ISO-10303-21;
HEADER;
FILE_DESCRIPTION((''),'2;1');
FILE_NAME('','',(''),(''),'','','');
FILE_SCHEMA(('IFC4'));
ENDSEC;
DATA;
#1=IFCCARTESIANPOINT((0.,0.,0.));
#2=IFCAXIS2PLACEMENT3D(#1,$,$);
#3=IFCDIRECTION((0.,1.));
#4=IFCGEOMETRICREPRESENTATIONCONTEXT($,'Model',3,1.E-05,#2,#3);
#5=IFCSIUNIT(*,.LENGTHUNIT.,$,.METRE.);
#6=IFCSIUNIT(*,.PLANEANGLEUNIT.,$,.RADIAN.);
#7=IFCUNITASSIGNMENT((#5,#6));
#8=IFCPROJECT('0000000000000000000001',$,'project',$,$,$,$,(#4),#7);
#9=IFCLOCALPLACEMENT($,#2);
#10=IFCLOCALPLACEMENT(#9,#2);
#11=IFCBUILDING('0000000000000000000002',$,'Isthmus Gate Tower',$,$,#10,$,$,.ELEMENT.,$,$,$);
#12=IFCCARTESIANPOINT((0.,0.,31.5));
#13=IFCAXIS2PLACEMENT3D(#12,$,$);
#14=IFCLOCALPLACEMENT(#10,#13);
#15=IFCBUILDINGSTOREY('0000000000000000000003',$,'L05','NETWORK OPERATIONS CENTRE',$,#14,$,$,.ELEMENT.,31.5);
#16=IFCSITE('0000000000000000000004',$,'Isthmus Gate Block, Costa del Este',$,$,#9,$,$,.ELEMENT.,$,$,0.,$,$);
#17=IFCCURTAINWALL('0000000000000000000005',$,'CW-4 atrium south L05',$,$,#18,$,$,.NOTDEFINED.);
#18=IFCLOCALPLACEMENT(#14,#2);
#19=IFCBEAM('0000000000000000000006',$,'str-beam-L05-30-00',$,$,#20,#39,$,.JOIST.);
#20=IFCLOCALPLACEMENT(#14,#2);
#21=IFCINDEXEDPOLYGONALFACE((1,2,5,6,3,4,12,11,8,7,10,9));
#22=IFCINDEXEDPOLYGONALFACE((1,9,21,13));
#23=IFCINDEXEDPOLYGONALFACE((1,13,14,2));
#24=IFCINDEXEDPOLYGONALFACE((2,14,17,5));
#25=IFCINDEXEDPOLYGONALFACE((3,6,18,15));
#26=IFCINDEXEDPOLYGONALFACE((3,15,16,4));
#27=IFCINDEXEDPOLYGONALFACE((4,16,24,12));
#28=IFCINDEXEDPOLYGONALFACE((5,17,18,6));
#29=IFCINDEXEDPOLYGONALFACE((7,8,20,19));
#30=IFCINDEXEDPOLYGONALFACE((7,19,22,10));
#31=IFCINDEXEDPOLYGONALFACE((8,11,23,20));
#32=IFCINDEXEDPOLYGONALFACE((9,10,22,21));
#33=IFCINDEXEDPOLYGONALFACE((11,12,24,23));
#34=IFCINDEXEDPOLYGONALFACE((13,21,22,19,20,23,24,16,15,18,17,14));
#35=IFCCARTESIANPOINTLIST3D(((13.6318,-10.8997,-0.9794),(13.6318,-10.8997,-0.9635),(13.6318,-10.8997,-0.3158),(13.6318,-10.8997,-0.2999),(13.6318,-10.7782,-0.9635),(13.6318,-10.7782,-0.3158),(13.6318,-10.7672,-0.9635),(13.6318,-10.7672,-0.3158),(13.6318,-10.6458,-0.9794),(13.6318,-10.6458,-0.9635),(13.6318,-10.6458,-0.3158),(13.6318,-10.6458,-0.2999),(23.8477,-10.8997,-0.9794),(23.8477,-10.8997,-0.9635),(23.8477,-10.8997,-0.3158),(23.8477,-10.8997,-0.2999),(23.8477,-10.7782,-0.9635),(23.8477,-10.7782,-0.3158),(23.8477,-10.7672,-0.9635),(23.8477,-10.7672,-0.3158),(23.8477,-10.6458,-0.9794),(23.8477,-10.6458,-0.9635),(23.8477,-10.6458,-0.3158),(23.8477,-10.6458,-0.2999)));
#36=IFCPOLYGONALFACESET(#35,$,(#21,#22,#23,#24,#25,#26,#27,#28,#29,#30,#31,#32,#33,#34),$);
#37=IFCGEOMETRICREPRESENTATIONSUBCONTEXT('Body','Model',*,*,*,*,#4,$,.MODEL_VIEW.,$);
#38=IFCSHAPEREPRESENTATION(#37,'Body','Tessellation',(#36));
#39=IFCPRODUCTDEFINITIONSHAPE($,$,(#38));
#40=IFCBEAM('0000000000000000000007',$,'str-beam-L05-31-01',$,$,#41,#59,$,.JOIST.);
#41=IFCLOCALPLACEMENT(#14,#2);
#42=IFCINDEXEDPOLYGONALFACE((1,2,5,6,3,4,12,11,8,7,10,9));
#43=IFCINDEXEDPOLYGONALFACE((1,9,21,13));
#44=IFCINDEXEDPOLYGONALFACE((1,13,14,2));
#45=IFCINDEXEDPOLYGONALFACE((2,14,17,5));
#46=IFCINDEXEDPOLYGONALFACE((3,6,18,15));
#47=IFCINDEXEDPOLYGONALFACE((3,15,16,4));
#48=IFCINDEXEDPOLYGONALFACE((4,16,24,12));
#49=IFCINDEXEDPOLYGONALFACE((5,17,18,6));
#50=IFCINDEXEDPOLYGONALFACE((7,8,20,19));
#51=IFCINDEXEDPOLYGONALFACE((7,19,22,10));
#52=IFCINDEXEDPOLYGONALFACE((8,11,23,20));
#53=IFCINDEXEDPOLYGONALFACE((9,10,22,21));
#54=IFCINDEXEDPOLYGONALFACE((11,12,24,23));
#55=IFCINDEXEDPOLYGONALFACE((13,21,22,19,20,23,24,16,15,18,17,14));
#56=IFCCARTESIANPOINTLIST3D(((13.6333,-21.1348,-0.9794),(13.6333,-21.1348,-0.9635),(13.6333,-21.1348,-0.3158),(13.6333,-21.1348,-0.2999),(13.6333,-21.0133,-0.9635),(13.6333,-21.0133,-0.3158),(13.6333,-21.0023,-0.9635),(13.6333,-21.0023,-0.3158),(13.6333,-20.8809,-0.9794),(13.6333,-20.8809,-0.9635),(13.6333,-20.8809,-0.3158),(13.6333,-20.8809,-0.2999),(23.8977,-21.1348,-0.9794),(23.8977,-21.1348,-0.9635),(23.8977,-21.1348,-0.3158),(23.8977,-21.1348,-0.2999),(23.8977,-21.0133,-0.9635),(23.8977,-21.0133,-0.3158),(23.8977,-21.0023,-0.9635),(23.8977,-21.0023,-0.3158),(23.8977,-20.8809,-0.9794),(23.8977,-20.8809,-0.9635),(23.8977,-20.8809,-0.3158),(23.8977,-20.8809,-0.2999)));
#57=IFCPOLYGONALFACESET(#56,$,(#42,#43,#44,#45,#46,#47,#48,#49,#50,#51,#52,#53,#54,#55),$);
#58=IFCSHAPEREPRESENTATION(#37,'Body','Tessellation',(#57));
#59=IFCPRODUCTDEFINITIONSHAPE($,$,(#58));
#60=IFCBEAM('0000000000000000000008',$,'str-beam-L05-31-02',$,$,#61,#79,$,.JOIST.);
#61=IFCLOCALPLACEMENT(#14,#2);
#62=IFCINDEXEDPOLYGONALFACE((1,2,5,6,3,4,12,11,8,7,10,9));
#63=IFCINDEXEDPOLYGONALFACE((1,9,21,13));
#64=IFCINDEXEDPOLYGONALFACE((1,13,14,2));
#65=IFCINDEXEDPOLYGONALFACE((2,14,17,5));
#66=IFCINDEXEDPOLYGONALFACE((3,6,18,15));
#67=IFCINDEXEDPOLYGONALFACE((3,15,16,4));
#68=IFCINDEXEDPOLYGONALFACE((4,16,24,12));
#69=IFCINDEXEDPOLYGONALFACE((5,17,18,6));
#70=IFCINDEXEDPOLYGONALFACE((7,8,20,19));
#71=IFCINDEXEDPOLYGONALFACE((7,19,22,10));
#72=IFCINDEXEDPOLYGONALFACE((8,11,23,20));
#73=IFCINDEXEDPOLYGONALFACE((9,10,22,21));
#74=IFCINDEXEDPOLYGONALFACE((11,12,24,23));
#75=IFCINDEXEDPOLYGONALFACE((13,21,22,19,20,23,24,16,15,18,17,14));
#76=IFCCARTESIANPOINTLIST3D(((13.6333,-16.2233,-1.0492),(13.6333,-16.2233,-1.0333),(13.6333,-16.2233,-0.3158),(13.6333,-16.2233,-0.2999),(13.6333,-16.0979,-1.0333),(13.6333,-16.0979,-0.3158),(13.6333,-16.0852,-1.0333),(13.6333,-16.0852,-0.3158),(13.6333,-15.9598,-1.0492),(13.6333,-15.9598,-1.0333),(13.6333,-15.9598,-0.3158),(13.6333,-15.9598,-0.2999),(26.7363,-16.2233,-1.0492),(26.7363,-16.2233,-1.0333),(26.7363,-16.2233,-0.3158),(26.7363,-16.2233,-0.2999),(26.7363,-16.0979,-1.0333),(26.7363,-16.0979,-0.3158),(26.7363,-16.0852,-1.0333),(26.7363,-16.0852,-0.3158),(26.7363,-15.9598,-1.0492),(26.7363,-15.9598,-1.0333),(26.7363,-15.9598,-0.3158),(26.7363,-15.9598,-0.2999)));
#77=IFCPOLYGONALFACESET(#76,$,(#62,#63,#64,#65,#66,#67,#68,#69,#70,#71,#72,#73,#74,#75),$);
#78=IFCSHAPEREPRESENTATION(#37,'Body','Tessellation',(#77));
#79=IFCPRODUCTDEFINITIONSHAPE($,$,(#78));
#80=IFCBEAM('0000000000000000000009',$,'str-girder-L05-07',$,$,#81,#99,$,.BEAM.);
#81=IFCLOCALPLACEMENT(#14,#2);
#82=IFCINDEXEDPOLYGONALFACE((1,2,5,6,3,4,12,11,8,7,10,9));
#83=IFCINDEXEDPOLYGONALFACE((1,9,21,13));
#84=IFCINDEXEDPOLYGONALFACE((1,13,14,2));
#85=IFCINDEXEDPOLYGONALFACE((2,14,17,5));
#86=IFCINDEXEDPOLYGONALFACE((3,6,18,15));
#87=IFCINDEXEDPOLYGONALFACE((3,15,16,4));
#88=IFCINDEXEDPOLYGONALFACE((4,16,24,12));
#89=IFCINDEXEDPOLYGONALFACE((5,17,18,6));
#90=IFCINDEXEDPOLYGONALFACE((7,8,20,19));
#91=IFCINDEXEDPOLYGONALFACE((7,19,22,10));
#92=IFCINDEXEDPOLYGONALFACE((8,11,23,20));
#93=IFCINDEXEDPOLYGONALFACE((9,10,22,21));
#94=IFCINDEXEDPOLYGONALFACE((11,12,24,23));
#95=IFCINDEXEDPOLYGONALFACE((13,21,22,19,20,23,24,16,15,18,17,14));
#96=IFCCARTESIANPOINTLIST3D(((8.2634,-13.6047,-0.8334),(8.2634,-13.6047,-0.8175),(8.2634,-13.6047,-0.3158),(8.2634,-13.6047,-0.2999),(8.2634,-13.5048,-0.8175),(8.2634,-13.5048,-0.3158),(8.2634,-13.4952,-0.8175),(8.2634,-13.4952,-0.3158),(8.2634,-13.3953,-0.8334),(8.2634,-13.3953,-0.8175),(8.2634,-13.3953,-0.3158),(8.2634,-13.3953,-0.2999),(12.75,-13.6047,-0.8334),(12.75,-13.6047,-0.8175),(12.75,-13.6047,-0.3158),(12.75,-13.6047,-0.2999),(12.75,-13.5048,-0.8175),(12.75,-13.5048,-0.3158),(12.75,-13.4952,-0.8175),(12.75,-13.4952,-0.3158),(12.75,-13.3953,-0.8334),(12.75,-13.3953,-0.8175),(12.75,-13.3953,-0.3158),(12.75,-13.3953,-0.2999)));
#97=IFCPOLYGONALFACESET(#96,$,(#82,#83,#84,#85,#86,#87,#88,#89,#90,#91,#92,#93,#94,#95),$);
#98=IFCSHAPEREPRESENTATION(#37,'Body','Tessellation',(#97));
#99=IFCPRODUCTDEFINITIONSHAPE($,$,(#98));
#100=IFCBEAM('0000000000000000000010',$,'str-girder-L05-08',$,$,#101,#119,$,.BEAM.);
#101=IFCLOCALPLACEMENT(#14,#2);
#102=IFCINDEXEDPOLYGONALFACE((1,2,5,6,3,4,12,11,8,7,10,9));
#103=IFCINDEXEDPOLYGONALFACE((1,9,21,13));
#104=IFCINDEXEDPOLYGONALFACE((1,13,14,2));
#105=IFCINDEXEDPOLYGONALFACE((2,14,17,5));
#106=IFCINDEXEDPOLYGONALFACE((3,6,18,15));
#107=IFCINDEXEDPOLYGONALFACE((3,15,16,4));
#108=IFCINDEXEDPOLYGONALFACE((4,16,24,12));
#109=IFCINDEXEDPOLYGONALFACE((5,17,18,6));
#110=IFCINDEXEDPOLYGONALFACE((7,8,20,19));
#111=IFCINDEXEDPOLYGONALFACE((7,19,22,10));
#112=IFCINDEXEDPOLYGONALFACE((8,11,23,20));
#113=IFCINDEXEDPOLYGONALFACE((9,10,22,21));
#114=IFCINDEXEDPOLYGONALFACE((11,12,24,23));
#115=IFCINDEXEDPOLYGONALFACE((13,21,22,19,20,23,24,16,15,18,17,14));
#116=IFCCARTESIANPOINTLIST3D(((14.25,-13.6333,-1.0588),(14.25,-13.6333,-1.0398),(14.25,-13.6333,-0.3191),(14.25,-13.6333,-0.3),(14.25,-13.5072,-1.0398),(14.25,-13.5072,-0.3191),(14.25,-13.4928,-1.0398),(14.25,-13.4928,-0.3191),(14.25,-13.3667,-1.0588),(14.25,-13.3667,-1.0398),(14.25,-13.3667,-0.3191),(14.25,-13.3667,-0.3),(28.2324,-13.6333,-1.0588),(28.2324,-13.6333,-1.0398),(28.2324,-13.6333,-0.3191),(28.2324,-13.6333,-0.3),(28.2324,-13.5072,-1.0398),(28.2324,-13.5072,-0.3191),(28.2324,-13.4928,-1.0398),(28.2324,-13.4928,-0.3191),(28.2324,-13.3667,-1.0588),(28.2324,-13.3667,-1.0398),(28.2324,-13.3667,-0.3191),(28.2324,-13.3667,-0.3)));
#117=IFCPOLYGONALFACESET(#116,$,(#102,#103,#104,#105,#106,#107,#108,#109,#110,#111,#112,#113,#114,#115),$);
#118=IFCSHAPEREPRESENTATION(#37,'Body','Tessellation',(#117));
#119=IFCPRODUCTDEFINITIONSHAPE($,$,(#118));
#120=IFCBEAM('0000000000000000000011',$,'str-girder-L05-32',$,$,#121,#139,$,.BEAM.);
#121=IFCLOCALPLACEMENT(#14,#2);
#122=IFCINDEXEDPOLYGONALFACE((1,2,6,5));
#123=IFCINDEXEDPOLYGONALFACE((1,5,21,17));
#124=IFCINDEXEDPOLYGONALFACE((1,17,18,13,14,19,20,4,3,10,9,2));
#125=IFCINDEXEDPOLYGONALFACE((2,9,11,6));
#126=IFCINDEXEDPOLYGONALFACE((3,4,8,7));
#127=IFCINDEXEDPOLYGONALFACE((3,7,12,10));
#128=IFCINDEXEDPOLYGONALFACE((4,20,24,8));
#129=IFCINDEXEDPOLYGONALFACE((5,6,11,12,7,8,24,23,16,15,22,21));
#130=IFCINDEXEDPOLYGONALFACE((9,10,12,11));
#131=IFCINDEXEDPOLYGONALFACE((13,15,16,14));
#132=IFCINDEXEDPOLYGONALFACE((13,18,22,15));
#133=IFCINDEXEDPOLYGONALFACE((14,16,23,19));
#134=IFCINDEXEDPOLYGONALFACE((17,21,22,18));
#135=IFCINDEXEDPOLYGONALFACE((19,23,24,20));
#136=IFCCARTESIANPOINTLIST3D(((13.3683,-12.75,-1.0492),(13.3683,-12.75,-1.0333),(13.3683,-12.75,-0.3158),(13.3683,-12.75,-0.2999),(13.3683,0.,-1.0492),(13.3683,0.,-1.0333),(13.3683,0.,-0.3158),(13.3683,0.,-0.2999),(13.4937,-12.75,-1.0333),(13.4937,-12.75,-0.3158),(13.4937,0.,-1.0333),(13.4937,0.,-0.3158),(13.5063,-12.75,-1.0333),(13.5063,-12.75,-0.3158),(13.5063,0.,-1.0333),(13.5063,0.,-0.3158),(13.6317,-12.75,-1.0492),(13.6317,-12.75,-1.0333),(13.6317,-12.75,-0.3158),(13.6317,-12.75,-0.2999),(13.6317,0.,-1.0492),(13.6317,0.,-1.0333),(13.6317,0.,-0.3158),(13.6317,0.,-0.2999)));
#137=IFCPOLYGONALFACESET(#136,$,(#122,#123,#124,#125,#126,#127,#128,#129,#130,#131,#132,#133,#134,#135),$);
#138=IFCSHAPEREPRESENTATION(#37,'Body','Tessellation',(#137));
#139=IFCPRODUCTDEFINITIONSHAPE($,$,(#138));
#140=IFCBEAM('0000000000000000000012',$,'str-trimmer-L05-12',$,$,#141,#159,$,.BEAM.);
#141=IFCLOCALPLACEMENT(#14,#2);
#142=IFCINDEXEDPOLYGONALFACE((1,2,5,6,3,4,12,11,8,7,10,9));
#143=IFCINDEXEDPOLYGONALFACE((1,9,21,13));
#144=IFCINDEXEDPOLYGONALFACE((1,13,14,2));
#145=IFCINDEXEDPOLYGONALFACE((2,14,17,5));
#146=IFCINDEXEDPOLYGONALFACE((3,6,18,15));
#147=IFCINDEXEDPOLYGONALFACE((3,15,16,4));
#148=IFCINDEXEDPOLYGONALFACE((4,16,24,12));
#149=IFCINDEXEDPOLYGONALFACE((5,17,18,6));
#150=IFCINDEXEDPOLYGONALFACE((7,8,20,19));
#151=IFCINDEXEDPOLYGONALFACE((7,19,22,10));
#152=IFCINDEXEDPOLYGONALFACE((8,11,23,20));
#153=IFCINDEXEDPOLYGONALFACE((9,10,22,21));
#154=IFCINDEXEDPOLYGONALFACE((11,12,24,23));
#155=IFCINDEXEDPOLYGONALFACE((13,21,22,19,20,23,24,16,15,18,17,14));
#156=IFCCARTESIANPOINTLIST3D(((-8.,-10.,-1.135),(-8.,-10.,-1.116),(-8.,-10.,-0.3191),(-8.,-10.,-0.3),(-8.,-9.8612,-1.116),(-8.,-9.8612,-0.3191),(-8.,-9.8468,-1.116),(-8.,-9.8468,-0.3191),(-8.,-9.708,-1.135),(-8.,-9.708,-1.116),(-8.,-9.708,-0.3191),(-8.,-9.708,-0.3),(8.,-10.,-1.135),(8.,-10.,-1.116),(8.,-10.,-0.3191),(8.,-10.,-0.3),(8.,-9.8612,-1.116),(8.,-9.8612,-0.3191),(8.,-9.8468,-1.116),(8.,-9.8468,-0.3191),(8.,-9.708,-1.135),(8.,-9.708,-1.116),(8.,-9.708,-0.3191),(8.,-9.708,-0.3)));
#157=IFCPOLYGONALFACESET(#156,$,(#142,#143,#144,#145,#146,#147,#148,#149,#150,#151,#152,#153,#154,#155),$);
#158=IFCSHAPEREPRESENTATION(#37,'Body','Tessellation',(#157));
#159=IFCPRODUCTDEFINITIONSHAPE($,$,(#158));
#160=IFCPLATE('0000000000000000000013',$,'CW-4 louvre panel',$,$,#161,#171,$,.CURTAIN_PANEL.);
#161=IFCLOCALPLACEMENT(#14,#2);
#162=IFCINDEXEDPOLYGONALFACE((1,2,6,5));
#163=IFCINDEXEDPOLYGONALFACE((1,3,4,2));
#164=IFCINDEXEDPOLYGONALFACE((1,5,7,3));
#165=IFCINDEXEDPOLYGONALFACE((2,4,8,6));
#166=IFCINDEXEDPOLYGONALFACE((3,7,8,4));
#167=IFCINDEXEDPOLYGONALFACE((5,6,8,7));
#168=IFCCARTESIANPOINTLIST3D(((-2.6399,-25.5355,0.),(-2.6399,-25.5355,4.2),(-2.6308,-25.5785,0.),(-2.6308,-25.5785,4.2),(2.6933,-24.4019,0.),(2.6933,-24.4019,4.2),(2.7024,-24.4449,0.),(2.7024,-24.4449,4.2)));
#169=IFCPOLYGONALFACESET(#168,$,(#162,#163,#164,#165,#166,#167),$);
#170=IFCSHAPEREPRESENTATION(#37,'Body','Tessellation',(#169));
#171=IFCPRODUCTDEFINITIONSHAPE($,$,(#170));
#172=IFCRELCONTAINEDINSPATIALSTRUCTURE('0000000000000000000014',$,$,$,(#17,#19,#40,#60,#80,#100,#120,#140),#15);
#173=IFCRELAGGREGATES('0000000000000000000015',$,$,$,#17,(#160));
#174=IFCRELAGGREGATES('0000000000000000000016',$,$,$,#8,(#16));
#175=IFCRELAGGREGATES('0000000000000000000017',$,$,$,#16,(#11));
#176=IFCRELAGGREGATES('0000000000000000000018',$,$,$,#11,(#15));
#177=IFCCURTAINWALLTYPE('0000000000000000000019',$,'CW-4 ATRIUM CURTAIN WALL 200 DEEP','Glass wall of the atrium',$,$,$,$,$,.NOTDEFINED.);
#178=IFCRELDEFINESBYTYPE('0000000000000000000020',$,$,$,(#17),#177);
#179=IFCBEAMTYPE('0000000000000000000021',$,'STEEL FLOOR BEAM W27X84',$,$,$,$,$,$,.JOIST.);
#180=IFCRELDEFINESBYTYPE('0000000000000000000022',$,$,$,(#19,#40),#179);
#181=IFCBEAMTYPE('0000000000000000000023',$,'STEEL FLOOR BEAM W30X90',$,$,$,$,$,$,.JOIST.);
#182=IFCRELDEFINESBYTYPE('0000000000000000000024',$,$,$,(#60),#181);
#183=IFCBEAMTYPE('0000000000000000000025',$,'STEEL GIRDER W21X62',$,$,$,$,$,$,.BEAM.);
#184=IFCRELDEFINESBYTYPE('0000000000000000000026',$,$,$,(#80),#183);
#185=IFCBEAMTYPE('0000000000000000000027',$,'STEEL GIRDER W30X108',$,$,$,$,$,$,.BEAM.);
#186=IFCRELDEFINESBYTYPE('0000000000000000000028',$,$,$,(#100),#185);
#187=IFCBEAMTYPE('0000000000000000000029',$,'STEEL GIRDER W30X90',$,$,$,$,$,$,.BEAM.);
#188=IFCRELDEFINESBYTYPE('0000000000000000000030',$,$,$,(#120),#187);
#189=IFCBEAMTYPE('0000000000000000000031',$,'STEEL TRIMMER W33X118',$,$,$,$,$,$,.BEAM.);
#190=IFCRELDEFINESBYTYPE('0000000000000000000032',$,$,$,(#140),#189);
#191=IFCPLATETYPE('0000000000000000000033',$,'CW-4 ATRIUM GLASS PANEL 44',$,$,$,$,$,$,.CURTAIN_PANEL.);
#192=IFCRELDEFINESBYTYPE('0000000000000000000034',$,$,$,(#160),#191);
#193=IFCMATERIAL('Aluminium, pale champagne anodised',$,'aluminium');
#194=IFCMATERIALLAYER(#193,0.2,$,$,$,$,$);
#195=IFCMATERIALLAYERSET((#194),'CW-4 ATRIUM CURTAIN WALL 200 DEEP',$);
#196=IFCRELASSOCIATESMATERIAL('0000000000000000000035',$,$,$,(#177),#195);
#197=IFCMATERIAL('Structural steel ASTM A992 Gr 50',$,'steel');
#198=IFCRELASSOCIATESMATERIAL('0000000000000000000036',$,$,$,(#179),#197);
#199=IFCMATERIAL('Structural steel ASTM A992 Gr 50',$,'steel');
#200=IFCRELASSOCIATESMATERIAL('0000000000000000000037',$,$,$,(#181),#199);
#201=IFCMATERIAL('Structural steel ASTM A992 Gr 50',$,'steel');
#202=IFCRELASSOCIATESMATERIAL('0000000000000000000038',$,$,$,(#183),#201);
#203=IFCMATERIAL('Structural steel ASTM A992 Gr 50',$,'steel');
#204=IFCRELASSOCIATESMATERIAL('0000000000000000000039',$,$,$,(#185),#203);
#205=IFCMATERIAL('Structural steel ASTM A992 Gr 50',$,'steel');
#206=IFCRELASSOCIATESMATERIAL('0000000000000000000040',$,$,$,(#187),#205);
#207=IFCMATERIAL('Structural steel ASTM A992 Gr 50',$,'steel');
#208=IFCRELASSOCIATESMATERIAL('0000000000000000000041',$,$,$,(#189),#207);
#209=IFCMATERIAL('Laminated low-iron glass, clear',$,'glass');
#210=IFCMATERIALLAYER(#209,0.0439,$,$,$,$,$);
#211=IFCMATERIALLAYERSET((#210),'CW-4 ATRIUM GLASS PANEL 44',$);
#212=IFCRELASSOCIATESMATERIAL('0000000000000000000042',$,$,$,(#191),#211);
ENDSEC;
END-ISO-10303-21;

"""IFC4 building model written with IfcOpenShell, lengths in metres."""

from ifc_helpers import new_model, si_unit, direction, frame, origin, origin_2d, place, context, subcontext, project, spatial, rectangle, i_section, extrude, material, layer, layer_set, material_profile, profile_set, type_object, element, aggregate, save


model = new_model("IFC4")

# Units and contexts
model_context = context("Model", 3, precision=1e-05, world=origin(), true_north=direction((0.0, 1.0)))
body_context = subcontext(model_context, "Body", "Model", "MODEL_VIEW")
ifc_project = project(units=[si_unit("LENGTHUNIT", "METRE"), si_unit("PLANEANGLEUNIT", "RADIAN")], contexts=[model_context])

# Site, building, storey
site_placement = place(None, origin())
site = spatial("IfcSite", under=ifc_project, at=site_placement, Name="Isthmus Gate Block, Costa del Este", CompositionType="ELEMENT", RefElevation=0.0)
building_placement = place(site_placement, origin())
building = spatial("IfcBuilding", under=site, at=building_placement, Name="Isthmus Gate Tower", CompositionType="ELEMENT")
storey_placement = place(building_placement, frame((0.0, 0.0, 31.5)))
storey = spatial("IfcBuildingStorey", under=building, at=storey_placement, Name="L05", Description="NETWORK OPERATIONS CENTRE", CompositionType="ELEMENT", Elevation=31.5)

# Curtain wall
ifc_material_1 = material(Name="Aluminium, pale champagne anodised", Category="aluminium")
ifc_layer_1 = layer(ifc_material_1, 0.2)
ifc_layer_set_1 = layer_set([ifc_layer_1], Name="CW-4 ATRIUM CURTAIN WALL 200 DEEP")
curtain_wall_type = type_object("IfcCurtainWallType", Name="CW-4 ATRIUM CURTAIN WALL 200 DEEP", Description="Glass wall of the atrium", PredefinedType="NOTDEFINED", material=ifc_layer_set_1)
curtain_wall_placement = place(storey_placement, origin())
curtain_wall = element("IfcCurtainWall", 1, at=curtain_wall_placement, inside=storey, type_object=curtain_wall_type, Name="CW-4 atrium south L05", PredefinedType="NOTDEFINED")

# Beams
ifc_material_2 = material(Name="Structural steel ASTM A992 Gr 50", Category="steel")
ifc_material_profile_1 = material_profile(ifc_material_2, i_section(OverallWidth=0.2539, OverallDepth=0.6794, WebThickness=0.011, FlangeThickness=0.0159, at=origin_2d()), Name="W27X84")
ifc_profile_set_1 = profile_set([ifc_material_profile_1], Name="Structural steel ASTM A992 Gr 50")
beam_type_1 = type_object("IfcBeamType", Name="STEEL FLOOR BEAM W27X84", PredefinedType="JOIST", material=ifc_profile_set_1)
beam_1_placement = place(storey_placement, frame((13.6318, -10.7727, -0.6396), z_axis=(1.0, 0.0, 0.0), x_axis=(0.0, 1.0, 0.0)))
element("IfcBeam", 2, at=beam_1_placement, inside=storey, type_object=beam_type_1, Name="str-beam-L05-30-00", PredefinedType="JOIST", context=body_context, shape_type="SweptSolid", body=[
    extrude(i_section(OverallWidth=0.2539, OverallDepth=0.6794, WebThickness=0.011, FlangeThickness=0.0159, at=origin_2d()), origin(), (0.0, 0.0, 1.0), 10.2158),
])
beam_2_placement = place(storey_placement, frame((13.6333, -21.0078, -0.6396), z_axis=(1.0, 0.0, 0.0), x_axis=(0.0, 1.0, 0.0)))
element("IfcBeam", 3, at=beam_2_placement, inside=storey, type_object=beam_type_1, Name="str-beam-L05-31-01", PredefinedType="JOIST", context=body_context, shape_type="SweptSolid", body=[
    extrude(i_section(OverallWidth=0.2539, OverallDepth=0.6794, WebThickness=0.011, FlangeThickness=0.0159, at=origin_2d()), origin(), (0.0, 0.0, 1.0), 10.2644),
])
ifc_material_3 = material(Name="Structural steel ASTM A992 Gr 50", Category="steel")
ifc_material_profile_2 = material_profile(ifc_material_3, i_section(OverallWidth=0.2634, OverallDepth=0.7493, WebThickness=0.0127, FlangeThickness=0.0159, at=origin_2d()), Name="W30X90")
ifc_profile_set_2 = profile_set([ifc_material_profile_2], Name="Structural steel ASTM A992 Gr 50")
beam_type_2 = type_object("IfcBeamType", Name="STEEL FLOOR BEAM W30X90", PredefinedType="JOIST", material=ifc_profile_set_2)
beam_3_placement = place(storey_placement, frame((13.6333, -16.0916, -0.6746), z_axis=(1.0, 0.0, 0.0), x_axis=(0.0, 1.0, 0.0)))
element("IfcBeam", 4, at=beam_3_placement, inside=storey, type_object=beam_type_2, Name="str-beam-L05-31-02", PredefinedType="JOIST", context=body_context, shape_type="SweptSolid", body=[
    extrude(i_section(OverallWidth=0.2634, OverallDepth=0.7493, WebThickness=0.0127, FlangeThickness=0.0159, at=origin_2d()), origin(), (0.0, 0.0, 1.0), 13.103),
])
ifc_material_4 = material(Name="Structural steel ASTM A992 Gr 50", Category="steel")
ifc_material_profile_3 = material_profile(ifc_material_4, i_section(OverallWidth=0.2095, OverallDepth=0.5334, WebThickness=0.0095, FlangeThickness=0.0159, at=origin_2d()), Name="W21X62")
ifc_profile_set_3 = profile_set([ifc_material_profile_3], Name="Structural steel ASTM A992 Gr 50")
beam_type_3 = type_object("IfcBeamType", Name="STEEL GIRDER W21X62", PredefinedType="BEAM", material=ifc_profile_set_3)
beam_4_placement = place(storey_placement, frame((8.2634, -13.5, -0.5667), z_axis=(1.0, 0.0, 0.0), x_axis=(0.0, 1.0, 0.0)))
element("IfcBeam", 5, at=beam_4_placement, inside=storey, type_object=beam_type_3, Name="str-girder-L05-07", PredefinedType="BEAM", context=body_context, shape_type="SweptSolid", body=[
    extrude(i_section(OverallWidth=0.2095, OverallDepth=0.5334, WebThickness=0.0095, FlangeThickness=0.0159, at=origin_2d()), origin(), (0.0, 0.0, 1.0), 4.4866),
])
ifc_material_5 = material(Name="Structural steel ASTM A992 Gr 50", Category="steel")
ifc_material_profile_4 = material_profile(ifc_material_5, i_section(OverallWidth=0.2666, OverallDepth=0.7588, WebThickness=0.0144, FlangeThickness=0.019, at=origin_2d()), Name="W30X108")
ifc_profile_set_4 = profile_set([ifc_material_profile_4], Name="Structural steel ASTM A992 Gr 50")
beam_type_4 = type_object("IfcBeamType", Name="STEEL GIRDER W30X108", PredefinedType="BEAM", material=ifc_profile_set_4)
beam_5_placement = place(storey_placement, frame((14.25, -13.5, -0.6794), z_axis=(1.0, 0.0, 0.0), x_axis=(0.0, 1.0, 0.0)))
element("IfcBeam", 6, at=beam_5_placement, inside=storey, type_object=beam_type_4, Name="str-girder-L05-08", PredefinedType="BEAM", context=body_context, shape_type="SweptSolid", body=[
    extrude(i_section(OverallWidth=0.2666, OverallDepth=0.7588, WebThickness=0.0144, FlangeThickness=0.019, at=origin_2d()), origin(), (0.0, 0.0, 1.0), 13.9824),
])
ifc_material_6 = material(Name="Structural steel ASTM A992 Gr 50", Category="steel")
ifc_material_profile_5 = material_profile(ifc_material_6, i_section(OverallWidth=0.2634, OverallDepth=0.7493, WebThickness=0.0127, FlangeThickness=0.0159, at=origin_2d()), Name="W30X90")
ifc_profile_set_5 = profile_set([ifc_material_profile_5], Name="Structural steel ASTM A992 Gr 50")
beam_type_5 = type_object("IfcBeamType", Name="STEEL GIRDER W30X90", PredefinedType="BEAM", material=ifc_profile_set_5)
beam_6_placement = place(storey_placement, frame((13.5, -12.75, -0.6746), z_axis=(0.0, 1.0, 0.0), x_axis=(-1.0, 0.0, 0.0)))
element("IfcBeam", 7, at=beam_6_placement, inside=storey, type_object=beam_type_5, Name="str-girder-L05-32", PredefinedType="BEAM", context=body_context, shape_type="SweptSolid", body=[
    extrude(i_section(OverallWidth=0.2634, OverallDepth=0.7493, WebThickness=0.0127, FlangeThickness=0.0159, at=origin_2d()), origin(), (0.0, 0.0, 1.0), 12.75),
])
ifc_material_7 = material(Name="Structural steel ASTM A992 Gr 50", Category="steel")
ifc_material_profile_6 = material_profile(ifc_material_7, i_section(OverallWidth=0.292, OverallDepth=0.835, WebThickness=0.0144, FlangeThickness=0.019, at=origin_2d()), Name="W33X118")
ifc_profile_set_6 = profile_set([ifc_material_profile_6], Name="Structural steel ASTM A992 Gr 50")
beam_type_6 = type_object("IfcBeamType", Name="STEEL TRIMMER W33X118", PredefinedType="BEAM", material=ifc_profile_set_6)
beam_7_placement = place(storey_placement, frame((8.0, -9.854, -0.7175), z_axis=(-1.0, 0.0, 0.0), x_axis=(0.0, -1.0, 0.0)))
element("IfcBeam", 8, at=beam_7_placement, inside=storey, type_object=beam_type_6, Name="str-trimmer-L05-12", PredefinedType="BEAM", context=body_context, shape_type="SweptSolid", body=[
    extrude(i_section(OverallWidth=0.292, OverallDepth=0.835, WebThickness=0.0144, FlangeThickness=0.019, at=origin_2d()), origin(), (0.0, 0.0, 1.0), 16.0),
])

# Plate
ifc_material_8 = material(Name="Laminated low-iron glass, clear", Category="glass")
ifc_layer_2 = layer(ifc_material_8, 0.0439)
ifc_layer_set_2 = layer_set([ifc_layer_2], Name="CW-4 ATRIUM GLASS PANEL 44")
plate_type = type_object("IfcPlateType", Name="CW-4 ATRIUM GLASS PANEL 44", PredefinedType="CURTAIN_PANEL", material=ifc_layer_set_2)
plate_1_placement = place(storey_placement, frame((0.0312, -24.9902, 0.0), z_axis=(0.0, 0.0, 1.0), x_axis=(0.978148, 0.207912, 0.0)))
plate_1 = element("IfcPlate", 9, at=plate_1_placement, type_object=plate_type, Name="CW-4 louvre panel", PredefinedType="CURTAIN_PANEL", context=body_context, shape_type="SweptSolid", body=[
    extrude(rectangle(XDim=5.4524, YDim=0.0439, at=origin_2d()), origin(), (0.0, 0.0, 1.0), 4.2),
])
aggregate(curtain_wall, [plate_1])

save(model, "model.ifc")
